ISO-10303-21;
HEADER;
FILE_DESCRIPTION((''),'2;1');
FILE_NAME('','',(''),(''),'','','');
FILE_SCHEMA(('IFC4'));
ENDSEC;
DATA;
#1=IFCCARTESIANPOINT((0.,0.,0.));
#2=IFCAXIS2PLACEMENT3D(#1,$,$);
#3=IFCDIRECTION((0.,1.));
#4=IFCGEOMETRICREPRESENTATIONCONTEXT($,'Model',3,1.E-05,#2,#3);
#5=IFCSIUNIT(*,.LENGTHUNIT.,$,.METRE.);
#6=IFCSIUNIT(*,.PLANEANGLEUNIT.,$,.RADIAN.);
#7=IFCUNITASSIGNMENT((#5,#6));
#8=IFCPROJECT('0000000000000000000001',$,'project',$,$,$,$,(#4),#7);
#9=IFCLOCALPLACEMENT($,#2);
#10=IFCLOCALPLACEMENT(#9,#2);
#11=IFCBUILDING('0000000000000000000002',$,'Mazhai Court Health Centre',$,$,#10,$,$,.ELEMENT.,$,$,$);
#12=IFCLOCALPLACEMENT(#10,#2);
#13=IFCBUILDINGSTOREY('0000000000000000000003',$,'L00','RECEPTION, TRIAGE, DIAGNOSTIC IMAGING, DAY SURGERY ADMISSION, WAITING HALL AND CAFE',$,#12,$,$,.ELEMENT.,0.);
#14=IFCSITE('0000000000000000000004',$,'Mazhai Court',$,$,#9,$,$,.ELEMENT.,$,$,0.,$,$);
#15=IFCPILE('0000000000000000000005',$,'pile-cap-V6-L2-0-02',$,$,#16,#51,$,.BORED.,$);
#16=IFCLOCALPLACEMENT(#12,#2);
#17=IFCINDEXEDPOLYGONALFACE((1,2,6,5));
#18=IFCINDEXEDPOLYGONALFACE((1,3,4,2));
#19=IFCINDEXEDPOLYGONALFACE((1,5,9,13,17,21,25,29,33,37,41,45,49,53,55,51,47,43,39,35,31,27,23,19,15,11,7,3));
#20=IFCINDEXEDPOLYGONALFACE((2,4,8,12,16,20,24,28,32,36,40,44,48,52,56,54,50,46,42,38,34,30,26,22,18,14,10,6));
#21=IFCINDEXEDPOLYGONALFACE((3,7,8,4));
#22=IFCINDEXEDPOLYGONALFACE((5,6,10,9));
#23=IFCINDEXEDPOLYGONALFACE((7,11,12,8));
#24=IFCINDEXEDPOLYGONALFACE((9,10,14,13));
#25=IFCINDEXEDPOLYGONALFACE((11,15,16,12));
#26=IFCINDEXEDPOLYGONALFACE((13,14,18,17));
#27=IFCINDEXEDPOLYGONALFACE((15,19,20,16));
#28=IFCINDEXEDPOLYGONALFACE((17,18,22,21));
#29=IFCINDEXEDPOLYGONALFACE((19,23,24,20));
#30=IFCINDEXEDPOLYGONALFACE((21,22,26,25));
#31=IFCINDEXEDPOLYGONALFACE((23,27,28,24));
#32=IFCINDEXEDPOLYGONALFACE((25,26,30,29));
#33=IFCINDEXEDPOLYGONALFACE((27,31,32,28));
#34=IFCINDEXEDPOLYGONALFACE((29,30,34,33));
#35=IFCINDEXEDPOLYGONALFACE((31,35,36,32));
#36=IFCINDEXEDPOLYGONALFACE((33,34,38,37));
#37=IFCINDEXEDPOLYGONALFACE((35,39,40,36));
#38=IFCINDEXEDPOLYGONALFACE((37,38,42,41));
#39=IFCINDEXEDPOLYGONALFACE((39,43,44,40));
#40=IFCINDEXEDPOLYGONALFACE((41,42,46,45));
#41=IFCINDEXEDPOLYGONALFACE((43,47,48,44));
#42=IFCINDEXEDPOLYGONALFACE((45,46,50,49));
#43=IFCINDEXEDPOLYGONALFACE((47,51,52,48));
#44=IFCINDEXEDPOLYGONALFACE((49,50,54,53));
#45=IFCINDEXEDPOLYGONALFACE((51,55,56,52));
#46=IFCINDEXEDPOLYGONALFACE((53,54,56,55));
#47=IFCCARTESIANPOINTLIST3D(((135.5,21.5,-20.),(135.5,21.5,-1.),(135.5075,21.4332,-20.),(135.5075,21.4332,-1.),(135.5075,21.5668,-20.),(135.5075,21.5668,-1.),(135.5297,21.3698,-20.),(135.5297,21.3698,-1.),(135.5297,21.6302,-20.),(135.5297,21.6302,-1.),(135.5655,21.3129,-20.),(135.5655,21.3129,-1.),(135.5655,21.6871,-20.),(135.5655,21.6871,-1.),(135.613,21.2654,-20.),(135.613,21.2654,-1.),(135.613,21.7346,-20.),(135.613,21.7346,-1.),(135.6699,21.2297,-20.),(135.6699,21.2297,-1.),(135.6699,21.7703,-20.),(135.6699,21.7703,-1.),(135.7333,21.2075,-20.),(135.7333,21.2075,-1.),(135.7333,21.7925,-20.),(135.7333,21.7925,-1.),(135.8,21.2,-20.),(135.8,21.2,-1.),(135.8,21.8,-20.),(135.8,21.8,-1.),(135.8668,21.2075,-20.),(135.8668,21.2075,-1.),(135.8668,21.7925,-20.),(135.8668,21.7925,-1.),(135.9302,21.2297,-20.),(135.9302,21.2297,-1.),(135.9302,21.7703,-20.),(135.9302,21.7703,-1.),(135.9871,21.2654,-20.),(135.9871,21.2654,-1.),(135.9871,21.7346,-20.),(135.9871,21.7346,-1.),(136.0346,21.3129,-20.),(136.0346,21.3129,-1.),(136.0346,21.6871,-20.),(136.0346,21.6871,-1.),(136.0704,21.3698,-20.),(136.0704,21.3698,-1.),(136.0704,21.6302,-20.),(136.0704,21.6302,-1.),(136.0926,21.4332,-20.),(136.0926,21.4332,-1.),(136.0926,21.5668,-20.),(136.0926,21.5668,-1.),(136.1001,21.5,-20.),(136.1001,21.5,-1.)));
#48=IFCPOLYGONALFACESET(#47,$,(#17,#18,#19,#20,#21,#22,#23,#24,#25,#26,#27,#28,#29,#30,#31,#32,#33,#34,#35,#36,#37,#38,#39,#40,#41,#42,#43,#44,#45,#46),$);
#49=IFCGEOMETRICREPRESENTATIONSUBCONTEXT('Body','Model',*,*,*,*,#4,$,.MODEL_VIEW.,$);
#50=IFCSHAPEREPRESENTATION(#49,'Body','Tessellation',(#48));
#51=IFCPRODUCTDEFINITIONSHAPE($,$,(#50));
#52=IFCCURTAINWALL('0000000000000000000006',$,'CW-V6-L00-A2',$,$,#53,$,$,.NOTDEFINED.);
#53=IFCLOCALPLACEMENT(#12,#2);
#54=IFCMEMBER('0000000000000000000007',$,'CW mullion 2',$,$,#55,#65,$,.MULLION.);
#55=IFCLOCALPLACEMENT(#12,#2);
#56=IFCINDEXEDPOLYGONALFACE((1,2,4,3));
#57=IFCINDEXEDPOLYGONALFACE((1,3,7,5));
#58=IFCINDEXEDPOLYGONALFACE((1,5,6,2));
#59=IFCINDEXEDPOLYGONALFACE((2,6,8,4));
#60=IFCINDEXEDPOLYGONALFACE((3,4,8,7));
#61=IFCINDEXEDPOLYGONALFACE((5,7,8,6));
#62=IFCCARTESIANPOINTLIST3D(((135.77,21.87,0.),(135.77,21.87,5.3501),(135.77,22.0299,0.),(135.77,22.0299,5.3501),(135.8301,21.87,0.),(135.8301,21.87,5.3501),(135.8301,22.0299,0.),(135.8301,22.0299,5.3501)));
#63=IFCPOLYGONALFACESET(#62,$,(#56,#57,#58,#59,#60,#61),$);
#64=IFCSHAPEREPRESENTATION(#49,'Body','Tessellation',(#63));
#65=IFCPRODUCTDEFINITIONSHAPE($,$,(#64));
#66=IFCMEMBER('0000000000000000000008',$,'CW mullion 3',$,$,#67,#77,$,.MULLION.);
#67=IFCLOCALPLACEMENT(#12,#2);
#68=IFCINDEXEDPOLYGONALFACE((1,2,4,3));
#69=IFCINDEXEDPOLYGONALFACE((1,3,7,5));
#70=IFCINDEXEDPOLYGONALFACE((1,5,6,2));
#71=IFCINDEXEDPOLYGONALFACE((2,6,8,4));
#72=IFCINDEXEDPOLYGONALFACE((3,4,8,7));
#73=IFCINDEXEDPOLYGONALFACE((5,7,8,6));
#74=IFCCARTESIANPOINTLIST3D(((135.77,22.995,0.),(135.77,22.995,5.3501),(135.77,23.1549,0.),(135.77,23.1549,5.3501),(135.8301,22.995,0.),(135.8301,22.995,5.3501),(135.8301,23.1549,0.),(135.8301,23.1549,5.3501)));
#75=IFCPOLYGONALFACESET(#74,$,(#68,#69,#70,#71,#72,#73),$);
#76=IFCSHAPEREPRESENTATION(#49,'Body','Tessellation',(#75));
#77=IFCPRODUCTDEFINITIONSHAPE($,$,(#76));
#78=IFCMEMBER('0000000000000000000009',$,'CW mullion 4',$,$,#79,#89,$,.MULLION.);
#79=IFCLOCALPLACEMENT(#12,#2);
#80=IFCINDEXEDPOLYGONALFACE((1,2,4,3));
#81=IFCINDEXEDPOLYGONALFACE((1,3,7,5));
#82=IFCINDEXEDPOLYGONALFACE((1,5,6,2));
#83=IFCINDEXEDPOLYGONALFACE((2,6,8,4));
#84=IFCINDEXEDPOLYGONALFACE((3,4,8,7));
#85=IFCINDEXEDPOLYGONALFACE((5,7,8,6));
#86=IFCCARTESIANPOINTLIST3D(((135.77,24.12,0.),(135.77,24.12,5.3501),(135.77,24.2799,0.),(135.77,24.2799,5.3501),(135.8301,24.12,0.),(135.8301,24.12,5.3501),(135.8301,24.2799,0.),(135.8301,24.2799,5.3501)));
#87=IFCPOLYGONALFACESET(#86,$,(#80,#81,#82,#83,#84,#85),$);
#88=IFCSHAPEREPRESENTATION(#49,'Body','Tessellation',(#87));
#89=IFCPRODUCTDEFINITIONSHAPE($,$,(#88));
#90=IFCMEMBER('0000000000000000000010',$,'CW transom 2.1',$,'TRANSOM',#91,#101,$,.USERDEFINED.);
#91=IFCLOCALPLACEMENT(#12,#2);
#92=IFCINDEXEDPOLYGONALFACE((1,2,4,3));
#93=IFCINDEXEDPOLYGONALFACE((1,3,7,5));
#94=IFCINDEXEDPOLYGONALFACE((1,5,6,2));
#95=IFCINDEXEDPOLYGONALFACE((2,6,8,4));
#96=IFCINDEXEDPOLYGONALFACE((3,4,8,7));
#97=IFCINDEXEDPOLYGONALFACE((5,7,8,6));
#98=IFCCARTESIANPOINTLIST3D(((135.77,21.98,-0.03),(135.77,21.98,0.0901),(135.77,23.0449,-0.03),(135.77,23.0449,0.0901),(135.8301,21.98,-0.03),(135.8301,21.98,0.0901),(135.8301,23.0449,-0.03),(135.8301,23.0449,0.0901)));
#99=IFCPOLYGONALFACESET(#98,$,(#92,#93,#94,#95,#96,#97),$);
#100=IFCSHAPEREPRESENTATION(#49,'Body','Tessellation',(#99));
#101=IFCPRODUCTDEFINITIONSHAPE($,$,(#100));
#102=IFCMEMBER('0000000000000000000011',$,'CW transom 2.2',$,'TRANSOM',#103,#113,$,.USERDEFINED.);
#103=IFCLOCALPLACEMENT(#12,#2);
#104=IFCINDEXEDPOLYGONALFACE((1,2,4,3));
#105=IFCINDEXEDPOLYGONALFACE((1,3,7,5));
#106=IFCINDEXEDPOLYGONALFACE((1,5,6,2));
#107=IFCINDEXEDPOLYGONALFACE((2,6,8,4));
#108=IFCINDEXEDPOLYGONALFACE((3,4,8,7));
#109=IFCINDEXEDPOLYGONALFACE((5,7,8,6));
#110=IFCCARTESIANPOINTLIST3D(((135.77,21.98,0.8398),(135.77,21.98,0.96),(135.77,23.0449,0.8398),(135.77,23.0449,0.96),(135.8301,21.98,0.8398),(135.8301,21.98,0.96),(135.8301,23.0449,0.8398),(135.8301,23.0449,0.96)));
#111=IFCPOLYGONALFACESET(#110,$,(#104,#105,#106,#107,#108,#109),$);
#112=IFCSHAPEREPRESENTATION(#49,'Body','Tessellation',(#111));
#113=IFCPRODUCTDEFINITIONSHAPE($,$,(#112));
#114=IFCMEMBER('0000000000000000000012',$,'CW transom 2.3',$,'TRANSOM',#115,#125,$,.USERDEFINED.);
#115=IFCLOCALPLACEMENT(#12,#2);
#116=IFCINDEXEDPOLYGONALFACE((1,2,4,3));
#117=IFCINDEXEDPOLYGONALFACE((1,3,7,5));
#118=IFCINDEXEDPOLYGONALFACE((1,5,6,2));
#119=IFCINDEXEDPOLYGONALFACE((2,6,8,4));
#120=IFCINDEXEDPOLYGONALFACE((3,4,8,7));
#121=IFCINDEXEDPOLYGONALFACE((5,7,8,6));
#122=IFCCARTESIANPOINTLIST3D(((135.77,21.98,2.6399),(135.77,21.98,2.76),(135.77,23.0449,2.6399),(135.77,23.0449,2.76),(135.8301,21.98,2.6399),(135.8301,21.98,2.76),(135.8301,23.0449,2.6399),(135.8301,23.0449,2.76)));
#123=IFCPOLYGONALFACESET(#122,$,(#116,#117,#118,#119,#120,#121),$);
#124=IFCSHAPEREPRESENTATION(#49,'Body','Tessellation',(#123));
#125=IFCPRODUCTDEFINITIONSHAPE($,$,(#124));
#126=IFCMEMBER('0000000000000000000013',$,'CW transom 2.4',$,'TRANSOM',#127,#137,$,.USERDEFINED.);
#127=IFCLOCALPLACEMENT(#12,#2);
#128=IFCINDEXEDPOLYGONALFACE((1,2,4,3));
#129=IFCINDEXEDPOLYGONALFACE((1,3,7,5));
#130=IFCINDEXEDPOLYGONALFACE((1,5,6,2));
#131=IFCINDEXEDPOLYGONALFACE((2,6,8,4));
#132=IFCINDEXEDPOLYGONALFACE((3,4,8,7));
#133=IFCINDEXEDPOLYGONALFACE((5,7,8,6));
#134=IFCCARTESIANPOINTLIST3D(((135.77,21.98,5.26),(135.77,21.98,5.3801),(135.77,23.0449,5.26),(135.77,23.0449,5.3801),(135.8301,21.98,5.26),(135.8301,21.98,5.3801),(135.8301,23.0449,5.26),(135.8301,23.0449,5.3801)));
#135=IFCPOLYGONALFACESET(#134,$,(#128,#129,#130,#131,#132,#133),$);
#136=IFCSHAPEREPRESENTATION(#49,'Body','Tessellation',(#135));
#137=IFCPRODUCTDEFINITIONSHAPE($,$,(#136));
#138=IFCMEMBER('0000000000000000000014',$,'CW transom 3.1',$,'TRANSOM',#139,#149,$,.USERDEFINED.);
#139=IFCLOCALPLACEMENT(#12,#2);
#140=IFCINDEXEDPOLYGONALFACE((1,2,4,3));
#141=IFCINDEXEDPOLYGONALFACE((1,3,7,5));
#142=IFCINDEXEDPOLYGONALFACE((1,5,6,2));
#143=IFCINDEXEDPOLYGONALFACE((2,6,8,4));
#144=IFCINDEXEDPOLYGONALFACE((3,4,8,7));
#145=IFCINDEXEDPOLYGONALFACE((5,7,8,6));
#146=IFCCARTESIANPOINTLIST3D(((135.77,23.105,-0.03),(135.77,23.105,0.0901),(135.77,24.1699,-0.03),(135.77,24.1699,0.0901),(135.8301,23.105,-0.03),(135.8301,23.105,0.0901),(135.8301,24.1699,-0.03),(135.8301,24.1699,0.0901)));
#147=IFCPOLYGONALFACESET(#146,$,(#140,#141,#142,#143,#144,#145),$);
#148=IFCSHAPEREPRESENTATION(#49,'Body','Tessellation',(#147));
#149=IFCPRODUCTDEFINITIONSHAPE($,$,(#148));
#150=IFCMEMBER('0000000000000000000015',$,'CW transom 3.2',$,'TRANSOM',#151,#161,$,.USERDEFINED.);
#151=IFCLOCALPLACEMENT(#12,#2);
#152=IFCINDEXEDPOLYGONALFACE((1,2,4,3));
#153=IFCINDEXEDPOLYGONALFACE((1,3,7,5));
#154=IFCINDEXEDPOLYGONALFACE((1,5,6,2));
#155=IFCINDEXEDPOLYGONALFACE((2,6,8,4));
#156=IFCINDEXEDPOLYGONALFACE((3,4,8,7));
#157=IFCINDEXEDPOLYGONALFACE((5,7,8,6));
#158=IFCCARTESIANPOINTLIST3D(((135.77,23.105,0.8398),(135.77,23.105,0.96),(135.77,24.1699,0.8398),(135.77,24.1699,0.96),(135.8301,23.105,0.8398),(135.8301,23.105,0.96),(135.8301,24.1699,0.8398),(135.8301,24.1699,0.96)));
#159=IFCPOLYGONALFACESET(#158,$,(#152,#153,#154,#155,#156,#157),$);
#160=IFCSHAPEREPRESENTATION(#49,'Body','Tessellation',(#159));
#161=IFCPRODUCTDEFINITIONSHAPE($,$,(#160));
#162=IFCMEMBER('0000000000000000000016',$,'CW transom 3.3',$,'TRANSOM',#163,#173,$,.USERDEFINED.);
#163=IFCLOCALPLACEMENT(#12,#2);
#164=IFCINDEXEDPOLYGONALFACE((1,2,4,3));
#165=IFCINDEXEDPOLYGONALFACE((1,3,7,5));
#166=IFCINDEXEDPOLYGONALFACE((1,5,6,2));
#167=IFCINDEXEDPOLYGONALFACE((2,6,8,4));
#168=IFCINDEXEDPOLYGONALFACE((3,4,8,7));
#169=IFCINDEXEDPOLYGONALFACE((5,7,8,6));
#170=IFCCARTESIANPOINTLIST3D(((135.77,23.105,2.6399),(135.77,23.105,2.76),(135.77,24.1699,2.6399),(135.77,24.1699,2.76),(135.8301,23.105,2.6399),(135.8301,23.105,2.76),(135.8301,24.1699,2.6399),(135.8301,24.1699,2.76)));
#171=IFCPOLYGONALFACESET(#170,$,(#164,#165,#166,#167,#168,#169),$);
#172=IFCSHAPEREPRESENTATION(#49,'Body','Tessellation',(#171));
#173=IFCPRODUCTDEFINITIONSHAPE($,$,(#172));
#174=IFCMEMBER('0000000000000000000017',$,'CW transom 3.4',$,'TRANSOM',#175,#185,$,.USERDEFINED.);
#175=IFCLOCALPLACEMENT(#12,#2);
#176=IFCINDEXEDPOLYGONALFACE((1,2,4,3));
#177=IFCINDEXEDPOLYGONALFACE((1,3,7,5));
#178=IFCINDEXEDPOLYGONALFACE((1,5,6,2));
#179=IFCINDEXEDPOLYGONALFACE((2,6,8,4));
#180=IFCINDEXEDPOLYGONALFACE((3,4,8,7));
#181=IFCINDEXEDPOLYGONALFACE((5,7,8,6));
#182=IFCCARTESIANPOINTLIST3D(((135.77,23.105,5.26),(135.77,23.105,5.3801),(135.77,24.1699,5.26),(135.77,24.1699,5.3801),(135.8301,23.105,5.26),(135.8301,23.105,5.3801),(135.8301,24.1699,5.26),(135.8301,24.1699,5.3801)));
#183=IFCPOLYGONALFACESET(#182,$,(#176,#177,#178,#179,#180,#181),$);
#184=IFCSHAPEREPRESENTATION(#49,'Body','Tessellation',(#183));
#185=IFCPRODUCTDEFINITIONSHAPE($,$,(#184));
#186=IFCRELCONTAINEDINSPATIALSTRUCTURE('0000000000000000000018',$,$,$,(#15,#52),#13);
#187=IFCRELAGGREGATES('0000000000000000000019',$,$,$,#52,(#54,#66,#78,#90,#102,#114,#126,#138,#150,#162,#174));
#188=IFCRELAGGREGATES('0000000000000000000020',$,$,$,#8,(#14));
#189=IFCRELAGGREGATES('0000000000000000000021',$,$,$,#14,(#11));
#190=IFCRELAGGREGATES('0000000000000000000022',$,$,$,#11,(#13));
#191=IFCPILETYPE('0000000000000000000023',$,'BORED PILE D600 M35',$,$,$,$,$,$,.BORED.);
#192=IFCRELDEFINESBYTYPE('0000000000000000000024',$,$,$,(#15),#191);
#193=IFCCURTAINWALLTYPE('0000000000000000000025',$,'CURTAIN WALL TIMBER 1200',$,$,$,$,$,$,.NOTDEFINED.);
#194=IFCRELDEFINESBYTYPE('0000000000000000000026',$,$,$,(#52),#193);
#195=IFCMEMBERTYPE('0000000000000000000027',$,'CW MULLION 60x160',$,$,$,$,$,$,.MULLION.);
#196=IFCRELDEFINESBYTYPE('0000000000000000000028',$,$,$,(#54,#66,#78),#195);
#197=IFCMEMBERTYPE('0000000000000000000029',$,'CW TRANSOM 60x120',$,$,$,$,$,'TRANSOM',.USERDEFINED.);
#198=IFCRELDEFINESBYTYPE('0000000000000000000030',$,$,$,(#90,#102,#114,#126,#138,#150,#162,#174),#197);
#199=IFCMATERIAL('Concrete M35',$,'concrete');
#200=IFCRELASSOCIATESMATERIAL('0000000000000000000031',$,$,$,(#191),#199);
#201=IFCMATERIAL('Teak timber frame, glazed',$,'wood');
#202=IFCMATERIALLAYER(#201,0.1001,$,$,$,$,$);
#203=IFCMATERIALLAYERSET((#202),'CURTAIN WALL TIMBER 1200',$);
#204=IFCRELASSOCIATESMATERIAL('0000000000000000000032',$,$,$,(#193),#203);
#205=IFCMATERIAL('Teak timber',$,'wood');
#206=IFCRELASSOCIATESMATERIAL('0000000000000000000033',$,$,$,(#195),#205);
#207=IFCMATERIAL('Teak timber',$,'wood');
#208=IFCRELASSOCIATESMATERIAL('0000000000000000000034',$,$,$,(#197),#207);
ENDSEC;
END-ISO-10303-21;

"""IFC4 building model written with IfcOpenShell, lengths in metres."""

from ifc_helpers import new_model, si_unit, direction, frame, origin, origin_2d, place, context, subcontext, project, spatial, rectangle, circle, extrude, material, layer, layer_set, material_profile, profile_set, type_object, element, aggregate, save


model = new_model("IFC4")

# Units and contexts
model_context = context("Model", 3, precision=1e-05, world=origin(), true_north=direction((0.0, 1.0)))
body_context = subcontext(model_context, "Body", "Model", "MODEL_VIEW")
ifc_project = project(units=[si_unit("LENGTHUNIT", "METRE"), si_unit("PLANEANGLEUNIT", "RADIAN")], contexts=[model_context])

# Site, building, storey
site_placement = place(None, origin())
site = spatial("IfcSite", under=ifc_project, at=site_placement, Name="Mazhai Court", CompositionType="ELEMENT", RefElevation=0.0)
building_placement = place(site_placement, origin())
building = spatial("IfcBuilding", under=site, at=building_placement, Name="Mazhai Court Health Centre", CompositionType="ELEMENT")
storey_placement = place(building_placement, origin())
storey = spatial("IfcBuildingStorey", under=building, at=storey_placement, Name="L00", Description="RECEPTION, TRIAGE, DIAGNOSTIC IMAGING, DAY SURGERY ADMISSION, WAITING HALL AND CAFE", CompositionType="ELEMENT", Elevation=0.0)

# Pile
ifc_material_1 = material(Name="Concrete M35", Category="concrete")
ifc_material_profile_1 = material_profile(ifc_material_1, circle(Radius=0.3, at=origin_2d()), Name="RC PILE D600")
ifc_profile_set_1 = profile_set([ifc_material_profile_1], Name="Concrete M35")
pile_type = type_object("IfcPileType", Name="BORED PILE D600 M35", PredefinedType="BORED", material=ifc_profile_set_1)
pile_placement = place(storey_placement, frame((135.8, 21.5, -1.0), z_axis=(0.0, 0.0, -1.0), x_axis=(1.0, 0.0, 0.0)))
element("IfcPile", 1, at=pile_placement, inside=storey, type_object=pile_type, Name="pile-cap-V6-L2-0-02", PredefinedType="BORED", context=body_context, shape_type="SweptSolid", body=[
    extrude(circle(Radius=0.3, at=origin_2d()), origin(), (0.0, 0.0, 1.0), 19.0),
])

# Curtain wall, members
ifc_material_2 = material(Name="Teak timber frame, glazed", Category="wood")
ifc_layer_1 = layer(ifc_material_2, 0.1001)
ifc_layer_set_1 = layer_set([ifc_layer_1], Name="CURTAIN WALL TIMBER 1200")
curtain_wall_type = type_object("IfcCurtainWallType", Name="CURTAIN WALL TIMBER 1200", PredefinedType="NOTDEFINED", material=ifc_layer_set_1)
curtain_wall_placement = place(storey_placement, origin())
curtain_wall = element("IfcCurtainWall", 2, at=curtain_wall_placement, inside=storey, type_object=curtain_wall_type, Name="CW-V6-L00-A2", PredefinedType="NOTDEFINED")
ifc_material_3 = material(Name="Teak timber", Category="wood")
ifc_material_profile_2 = material_profile(ifc_material_3, rectangle(XDim=0.0601, YDim=0.1599, at=origin_2d()), Name="CW MULLION 60x160")
ifc_profile_set_2 = profile_set([ifc_material_profile_2], Name="Teak timber")
member_type_1 = type_object("IfcMemberType", Name="CW MULLION 60x160", PredefinedType="MULLION", material=ifc_profile_set_2)
member_1_placement = place(storey_placement, frame((135.8, 21.95, 0.0), z_axis=(0.0, 0.0, 1.0), x_axis=(-1.0, 0.0, 0.0)))
member_1 = element("IfcMember", 3, at=member_1_placement, type_object=member_type_1, Name="CW mullion 2", PredefinedType="MULLION", context=body_context, shape_type="SweptSolid", body=[
    extrude(rectangle(XDim=0.0601, YDim=0.1599, at=origin_2d()), origin(), (0.0, 0.0, 1.0), 5.3501),
])
member_2_placement = place(storey_placement, frame((135.8, 23.075, 0.0), z_axis=(0.0, 0.0, 1.0), x_axis=(-1.0, 0.0, 0.0)))
member_2 = element("IfcMember", 4, at=member_2_placement, type_object=member_type_1, Name="CW mullion 3", PredefinedType="MULLION", context=body_context, shape_type="SweptSolid", body=[
    extrude(rectangle(XDim=0.0601, YDim=0.1599, at=origin_2d()), origin(), (0.0, 0.0, 1.0), 5.3501),
])
member_3_placement = place(storey_placement, frame((135.8, 24.2, 0.0), z_axis=(0.0, 0.0, 1.0), x_axis=(-1.0, 0.0, 0.0)))
member_3 = element("IfcMember", 5, at=member_3_placement, type_object=member_type_1, Name="CW mullion 4", PredefinedType="MULLION", context=body_context, shape_type="SweptSolid", body=[
    extrude(rectangle(XDim=0.0601, YDim=0.1599, at=origin_2d()), origin(), (0.0, 0.0, 1.0), 5.3501),
])
ifc_material_4 = material(Name="Teak timber", Category="wood")
ifc_material_profile_3 = material_profile(ifc_material_4, rectangle(XDim=0.0601, YDim=0.1201, at=origin_2d()), Name="CW TRANSOM 60x120")
ifc_profile_set_3 = profile_set([ifc_material_profile_3], Name="Teak timber")
member_type_2 = type_object("IfcMemberType", Name="CW TRANSOM 60x120", ElementType="TRANSOM", PredefinedType="USERDEFINED", material=ifc_profile_set_3)
member_4_placement = place(storey_placement, frame((135.8, 21.98, 0.03), z_axis=(0.0, 1.0, 0.0), x_axis=(-1.0, 0.0, 0.0)))
member_4 = element("IfcMember", 6, at=member_4_placement, type_object=member_type_2, Name="CW transom 2.1", ObjectType="TRANSOM", PredefinedType="USERDEFINED", context=body_context, shape_type="SweptSolid", body=[
    extrude(rectangle(XDim=0.0601, YDim=0.1201, at=origin_2d()), origin(), (0.0, 0.0, 1.0), 1.0649),
])
member_5_placement = place(storey_placement, frame((135.8, 21.98, 0.8999), z_axis=(0.0, 1.0, 0.0), x_axis=(-1.0, 0.0, 0.0)))
member_5 = element("IfcMember", 7, at=member_5_placement, type_object=member_type_2, Name="CW transom 2.2", ObjectType="TRANSOM", PredefinedType="USERDEFINED", context=body_context, shape_type="SweptSolid", body=[
    extrude(rectangle(XDim=0.0601, YDim=0.1201, at=origin_2d()), origin(), (0.0, 0.0, 1.0), 1.0649),
])
member_6_placement = place(storey_placement, frame((135.8, 21.98, 2.7), z_axis=(0.0, 1.0, 0.0), x_axis=(-1.0, 0.0, 0.0)))
member_6 = element("IfcMember", 8, at=member_6_placement, type_object=member_type_2, Name="CW transom 2.3", ObjectType="TRANSOM", PredefinedType="USERDEFINED", context=body_context, shape_type="SweptSolid", body=[
    extrude(rectangle(XDim=0.0601, YDim=0.1201, at=origin_2d()), origin(), (0.0, 0.0, 1.0), 1.0649),
])
member_7_placement = place(storey_placement, frame((135.8, 21.98, 5.3201), z_axis=(0.0, 1.0, 0.0), x_axis=(-1.0, 0.0, 0.0)))
member_7 = element("IfcMember", 9, at=member_7_placement, type_object=member_type_2, Name="CW transom 2.4", ObjectType="TRANSOM", PredefinedType="USERDEFINED", context=body_context, shape_type="SweptSolid", body=[
    extrude(rectangle(XDim=0.0601, YDim=0.1201, at=origin_2d()), origin(), (0.0, 0.0, 1.0), 1.0649),
])
member_8_placement = place(storey_placement, frame((135.8, 23.105, 0.03), z_axis=(0.0, 1.0, 0.0), x_axis=(-1.0, 0.0, 0.0)))
member_8 = element("IfcMember", 10, at=member_8_placement, type_object=member_type_2, Name="CW transom 3.1", ObjectType="TRANSOM", PredefinedType="USERDEFINED", context=body_context, shape_type="SweptSolid", body=[
    extrude(rectangle(XDim=0.0601, YDim=0.1201, at=origin_2d()), origin(), (0.0, 0.0, 1.0), 1.0649),
])
member_9_placement = place(storey_placement, frame((135.8, 23.105, 0.8999), z_axis=(0.0, 1.0, 0.0), x_axis=(-1.0, 0.0, 0.0)))
member_9 = element("IfcMember", 11, at=member_9_placement, type_object=member_type_2, Name="CW transom 3.2", ObjectType="TRANSOM", PredefinedType="USERDEFINED", context=body_context, shape_type="SweptSolid", body=[
    extrude(rectangle(XDim=0.0601, YDim=0.1201, at=origin_2d()), origin(), (0.0, 0.0, 1.0), 1.0649),
])
member_10_placement = place(storey_placement, frame((135.8, 23.105, 2.7), z_axis=(0.0, 1.0, 0.0), x_axis=(-1.0, 0.0, 0.0)))
member_10 = element("IfcMember", 12, at=member_10_placement, type_object=member_type_2, Name="CW transom 3.3", ObjectType="TRANSOM", PredefinedType="USERDEFINED", context=body_context, shape_type="SweptSolid", body=[
    extrude(rectangle(XDim=0.0601, YDim=0.1201, at=origin_2d()), origin(), (0.0, 0.0, 1.0), 1.0649),
])
member_11_placement = place(storey_placement, frame((135.8, 23.105, 5.3201), z_axis=(0.0, 1.0, 0.0), x_axis=(-1.0, 0.0, 0.0)))
member_11 = element("IfcMember", 13, at=member_11_placement, type_object=member_type_2, Name="CW transom 3.4", ObjectType="TRANSOM", PredefinedType="USERDEFINED", context=body_context, shape_type="SweptSolid", body=[
    extrude(rectangle(XDim=0.0601, YDim=0.1201, at=origin_2d()), origin(), (0.0, 0.0, 1.0), 1.0649),
])
aggregate(curtain_wall, [member_1, member_2, member_3, member_4, member_5, member_6, member_7, member_8, member_9, member_10, member_11])

save(model, "model.ifc")
